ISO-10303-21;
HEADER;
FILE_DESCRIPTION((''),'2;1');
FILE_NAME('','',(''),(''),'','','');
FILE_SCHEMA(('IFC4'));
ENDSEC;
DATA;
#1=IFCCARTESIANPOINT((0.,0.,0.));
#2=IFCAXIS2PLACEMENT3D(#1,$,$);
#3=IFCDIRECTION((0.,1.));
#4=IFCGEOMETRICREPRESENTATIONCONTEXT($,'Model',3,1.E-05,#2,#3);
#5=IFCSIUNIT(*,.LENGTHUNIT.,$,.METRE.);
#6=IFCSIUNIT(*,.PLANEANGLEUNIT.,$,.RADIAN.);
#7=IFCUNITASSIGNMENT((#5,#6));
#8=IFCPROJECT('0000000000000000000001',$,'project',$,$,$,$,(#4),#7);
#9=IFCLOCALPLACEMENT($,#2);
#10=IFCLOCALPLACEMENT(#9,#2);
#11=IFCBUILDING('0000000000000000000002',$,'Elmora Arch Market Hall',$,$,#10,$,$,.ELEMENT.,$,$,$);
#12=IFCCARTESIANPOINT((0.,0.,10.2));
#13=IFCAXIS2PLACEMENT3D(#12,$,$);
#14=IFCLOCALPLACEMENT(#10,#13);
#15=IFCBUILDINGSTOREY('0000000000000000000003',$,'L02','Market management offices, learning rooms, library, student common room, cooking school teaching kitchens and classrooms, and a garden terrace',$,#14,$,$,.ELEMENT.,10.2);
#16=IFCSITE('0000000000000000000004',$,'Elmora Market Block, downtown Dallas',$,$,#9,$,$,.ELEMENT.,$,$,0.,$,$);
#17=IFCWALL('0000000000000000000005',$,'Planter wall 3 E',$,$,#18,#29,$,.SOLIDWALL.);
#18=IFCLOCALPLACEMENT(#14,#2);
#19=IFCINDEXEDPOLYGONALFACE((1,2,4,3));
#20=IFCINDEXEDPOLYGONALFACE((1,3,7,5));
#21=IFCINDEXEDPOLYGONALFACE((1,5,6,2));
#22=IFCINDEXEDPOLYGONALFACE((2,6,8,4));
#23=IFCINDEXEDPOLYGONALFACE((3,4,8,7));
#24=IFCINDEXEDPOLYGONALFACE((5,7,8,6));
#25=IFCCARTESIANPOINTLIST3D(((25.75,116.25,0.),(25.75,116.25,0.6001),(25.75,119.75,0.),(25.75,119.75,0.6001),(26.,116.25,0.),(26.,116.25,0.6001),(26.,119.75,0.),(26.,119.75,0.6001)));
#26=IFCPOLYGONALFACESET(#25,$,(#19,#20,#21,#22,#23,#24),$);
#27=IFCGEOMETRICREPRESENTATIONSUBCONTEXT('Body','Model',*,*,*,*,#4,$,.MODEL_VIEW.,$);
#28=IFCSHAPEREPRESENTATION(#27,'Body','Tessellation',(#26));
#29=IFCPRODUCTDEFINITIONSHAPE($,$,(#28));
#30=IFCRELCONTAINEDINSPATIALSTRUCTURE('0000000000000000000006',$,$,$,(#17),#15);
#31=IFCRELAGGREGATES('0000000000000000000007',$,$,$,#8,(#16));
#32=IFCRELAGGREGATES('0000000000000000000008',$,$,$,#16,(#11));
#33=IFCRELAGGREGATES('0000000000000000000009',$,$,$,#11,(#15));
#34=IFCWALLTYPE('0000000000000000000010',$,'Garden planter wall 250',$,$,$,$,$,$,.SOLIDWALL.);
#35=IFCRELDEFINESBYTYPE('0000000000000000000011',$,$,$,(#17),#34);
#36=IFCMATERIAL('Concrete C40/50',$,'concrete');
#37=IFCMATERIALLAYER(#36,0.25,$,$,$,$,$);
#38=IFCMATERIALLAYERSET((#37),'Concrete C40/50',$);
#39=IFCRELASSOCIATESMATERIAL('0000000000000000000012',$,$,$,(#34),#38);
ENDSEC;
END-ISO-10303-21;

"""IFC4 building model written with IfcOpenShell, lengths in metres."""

from ifc_helpers import new_model, si_unit, direction, frame, frame_2d, origin, place, context, subcontext, project, spatial, rectangle, extrude, material, layer, layer_set, type_object, element, save


model = new_model("IFC4")

# Units and contexts
model_context = context("Model", 3, precision=1e-05, world=origin(), true_north=direction((0.0, 1.0)))
body_context = subcontext(model_context, "Body", "Model", "MODEL_VIEW")
ifc_project = project(units=[si_unit("LENGTHUNIT", "METRE"), si_unit("PLANEANGLEUNIT", "RADIAN")], contexts=[model_context])

# Site, building, storey
site_placement = place(None, origin())
site = spatial("IfcSite", under=ifc_project, at=site_placement, Name="Elmora Market Block, downtown Dallas", CompositionType="ELEMENT", RefElevation=0.0)
building_placement = place(site_placement, origin())
building = spatial("IfcBuilding", under=site, at=building_placement, Name="Elmora Arch Market Hall", CompositionType="ELEMENT")
storey_placement = place(building_placement, frame((0.0, 0.0, 10.2)))
storey = spatial("IfcBuildingStorey", under=building, at=storey_placement, Name="L02", Description="Market management offices, learning rooms, library, student common room, cooking school teaching kitchens and classrooms, and a garden terrace", CompositionType="ELEMENT", Elevation=10.2)

# Wall
ifc_material_1 = material(Name="Concrete C40/50", Category="concrete")
ifc_layer_1 = layer(ifc_material_1, 0.25)
ifc_layer_set_1 = layer_set([ifc_layer_1], Name="Concrete C40/50")
wall_type = type_object("IfcWallType", Name="Garden planter wall 250", PredefinedType="SOLIDWALL", material=ifc_layer_set_1)
for number, where, z_axis, x_axis, name in (
    (1, (25.875, 116.25, 0.0), (0.0, 0.0, 1.0), (0.0, 1.0, 0.0), "Planter wall 3 E"),
):
    element("IfcWall", number, at=place(storey_placement, frame(where, z_axis=z_axis, x_axis=x_axis)), inside=storey, type_object=wall_type, Name=name, PredefinedType="SOLIDWALL", context=body_context, shape_type="SweptSolid", body=[
        extrude(rectangle(XDim=3.5, YDim=0.25, at=frame_2d((1.75, 0.0))), origin(), (0.0, 0.0, 1.0), 0.6001),
    ])

save(model, "model.ifc")
